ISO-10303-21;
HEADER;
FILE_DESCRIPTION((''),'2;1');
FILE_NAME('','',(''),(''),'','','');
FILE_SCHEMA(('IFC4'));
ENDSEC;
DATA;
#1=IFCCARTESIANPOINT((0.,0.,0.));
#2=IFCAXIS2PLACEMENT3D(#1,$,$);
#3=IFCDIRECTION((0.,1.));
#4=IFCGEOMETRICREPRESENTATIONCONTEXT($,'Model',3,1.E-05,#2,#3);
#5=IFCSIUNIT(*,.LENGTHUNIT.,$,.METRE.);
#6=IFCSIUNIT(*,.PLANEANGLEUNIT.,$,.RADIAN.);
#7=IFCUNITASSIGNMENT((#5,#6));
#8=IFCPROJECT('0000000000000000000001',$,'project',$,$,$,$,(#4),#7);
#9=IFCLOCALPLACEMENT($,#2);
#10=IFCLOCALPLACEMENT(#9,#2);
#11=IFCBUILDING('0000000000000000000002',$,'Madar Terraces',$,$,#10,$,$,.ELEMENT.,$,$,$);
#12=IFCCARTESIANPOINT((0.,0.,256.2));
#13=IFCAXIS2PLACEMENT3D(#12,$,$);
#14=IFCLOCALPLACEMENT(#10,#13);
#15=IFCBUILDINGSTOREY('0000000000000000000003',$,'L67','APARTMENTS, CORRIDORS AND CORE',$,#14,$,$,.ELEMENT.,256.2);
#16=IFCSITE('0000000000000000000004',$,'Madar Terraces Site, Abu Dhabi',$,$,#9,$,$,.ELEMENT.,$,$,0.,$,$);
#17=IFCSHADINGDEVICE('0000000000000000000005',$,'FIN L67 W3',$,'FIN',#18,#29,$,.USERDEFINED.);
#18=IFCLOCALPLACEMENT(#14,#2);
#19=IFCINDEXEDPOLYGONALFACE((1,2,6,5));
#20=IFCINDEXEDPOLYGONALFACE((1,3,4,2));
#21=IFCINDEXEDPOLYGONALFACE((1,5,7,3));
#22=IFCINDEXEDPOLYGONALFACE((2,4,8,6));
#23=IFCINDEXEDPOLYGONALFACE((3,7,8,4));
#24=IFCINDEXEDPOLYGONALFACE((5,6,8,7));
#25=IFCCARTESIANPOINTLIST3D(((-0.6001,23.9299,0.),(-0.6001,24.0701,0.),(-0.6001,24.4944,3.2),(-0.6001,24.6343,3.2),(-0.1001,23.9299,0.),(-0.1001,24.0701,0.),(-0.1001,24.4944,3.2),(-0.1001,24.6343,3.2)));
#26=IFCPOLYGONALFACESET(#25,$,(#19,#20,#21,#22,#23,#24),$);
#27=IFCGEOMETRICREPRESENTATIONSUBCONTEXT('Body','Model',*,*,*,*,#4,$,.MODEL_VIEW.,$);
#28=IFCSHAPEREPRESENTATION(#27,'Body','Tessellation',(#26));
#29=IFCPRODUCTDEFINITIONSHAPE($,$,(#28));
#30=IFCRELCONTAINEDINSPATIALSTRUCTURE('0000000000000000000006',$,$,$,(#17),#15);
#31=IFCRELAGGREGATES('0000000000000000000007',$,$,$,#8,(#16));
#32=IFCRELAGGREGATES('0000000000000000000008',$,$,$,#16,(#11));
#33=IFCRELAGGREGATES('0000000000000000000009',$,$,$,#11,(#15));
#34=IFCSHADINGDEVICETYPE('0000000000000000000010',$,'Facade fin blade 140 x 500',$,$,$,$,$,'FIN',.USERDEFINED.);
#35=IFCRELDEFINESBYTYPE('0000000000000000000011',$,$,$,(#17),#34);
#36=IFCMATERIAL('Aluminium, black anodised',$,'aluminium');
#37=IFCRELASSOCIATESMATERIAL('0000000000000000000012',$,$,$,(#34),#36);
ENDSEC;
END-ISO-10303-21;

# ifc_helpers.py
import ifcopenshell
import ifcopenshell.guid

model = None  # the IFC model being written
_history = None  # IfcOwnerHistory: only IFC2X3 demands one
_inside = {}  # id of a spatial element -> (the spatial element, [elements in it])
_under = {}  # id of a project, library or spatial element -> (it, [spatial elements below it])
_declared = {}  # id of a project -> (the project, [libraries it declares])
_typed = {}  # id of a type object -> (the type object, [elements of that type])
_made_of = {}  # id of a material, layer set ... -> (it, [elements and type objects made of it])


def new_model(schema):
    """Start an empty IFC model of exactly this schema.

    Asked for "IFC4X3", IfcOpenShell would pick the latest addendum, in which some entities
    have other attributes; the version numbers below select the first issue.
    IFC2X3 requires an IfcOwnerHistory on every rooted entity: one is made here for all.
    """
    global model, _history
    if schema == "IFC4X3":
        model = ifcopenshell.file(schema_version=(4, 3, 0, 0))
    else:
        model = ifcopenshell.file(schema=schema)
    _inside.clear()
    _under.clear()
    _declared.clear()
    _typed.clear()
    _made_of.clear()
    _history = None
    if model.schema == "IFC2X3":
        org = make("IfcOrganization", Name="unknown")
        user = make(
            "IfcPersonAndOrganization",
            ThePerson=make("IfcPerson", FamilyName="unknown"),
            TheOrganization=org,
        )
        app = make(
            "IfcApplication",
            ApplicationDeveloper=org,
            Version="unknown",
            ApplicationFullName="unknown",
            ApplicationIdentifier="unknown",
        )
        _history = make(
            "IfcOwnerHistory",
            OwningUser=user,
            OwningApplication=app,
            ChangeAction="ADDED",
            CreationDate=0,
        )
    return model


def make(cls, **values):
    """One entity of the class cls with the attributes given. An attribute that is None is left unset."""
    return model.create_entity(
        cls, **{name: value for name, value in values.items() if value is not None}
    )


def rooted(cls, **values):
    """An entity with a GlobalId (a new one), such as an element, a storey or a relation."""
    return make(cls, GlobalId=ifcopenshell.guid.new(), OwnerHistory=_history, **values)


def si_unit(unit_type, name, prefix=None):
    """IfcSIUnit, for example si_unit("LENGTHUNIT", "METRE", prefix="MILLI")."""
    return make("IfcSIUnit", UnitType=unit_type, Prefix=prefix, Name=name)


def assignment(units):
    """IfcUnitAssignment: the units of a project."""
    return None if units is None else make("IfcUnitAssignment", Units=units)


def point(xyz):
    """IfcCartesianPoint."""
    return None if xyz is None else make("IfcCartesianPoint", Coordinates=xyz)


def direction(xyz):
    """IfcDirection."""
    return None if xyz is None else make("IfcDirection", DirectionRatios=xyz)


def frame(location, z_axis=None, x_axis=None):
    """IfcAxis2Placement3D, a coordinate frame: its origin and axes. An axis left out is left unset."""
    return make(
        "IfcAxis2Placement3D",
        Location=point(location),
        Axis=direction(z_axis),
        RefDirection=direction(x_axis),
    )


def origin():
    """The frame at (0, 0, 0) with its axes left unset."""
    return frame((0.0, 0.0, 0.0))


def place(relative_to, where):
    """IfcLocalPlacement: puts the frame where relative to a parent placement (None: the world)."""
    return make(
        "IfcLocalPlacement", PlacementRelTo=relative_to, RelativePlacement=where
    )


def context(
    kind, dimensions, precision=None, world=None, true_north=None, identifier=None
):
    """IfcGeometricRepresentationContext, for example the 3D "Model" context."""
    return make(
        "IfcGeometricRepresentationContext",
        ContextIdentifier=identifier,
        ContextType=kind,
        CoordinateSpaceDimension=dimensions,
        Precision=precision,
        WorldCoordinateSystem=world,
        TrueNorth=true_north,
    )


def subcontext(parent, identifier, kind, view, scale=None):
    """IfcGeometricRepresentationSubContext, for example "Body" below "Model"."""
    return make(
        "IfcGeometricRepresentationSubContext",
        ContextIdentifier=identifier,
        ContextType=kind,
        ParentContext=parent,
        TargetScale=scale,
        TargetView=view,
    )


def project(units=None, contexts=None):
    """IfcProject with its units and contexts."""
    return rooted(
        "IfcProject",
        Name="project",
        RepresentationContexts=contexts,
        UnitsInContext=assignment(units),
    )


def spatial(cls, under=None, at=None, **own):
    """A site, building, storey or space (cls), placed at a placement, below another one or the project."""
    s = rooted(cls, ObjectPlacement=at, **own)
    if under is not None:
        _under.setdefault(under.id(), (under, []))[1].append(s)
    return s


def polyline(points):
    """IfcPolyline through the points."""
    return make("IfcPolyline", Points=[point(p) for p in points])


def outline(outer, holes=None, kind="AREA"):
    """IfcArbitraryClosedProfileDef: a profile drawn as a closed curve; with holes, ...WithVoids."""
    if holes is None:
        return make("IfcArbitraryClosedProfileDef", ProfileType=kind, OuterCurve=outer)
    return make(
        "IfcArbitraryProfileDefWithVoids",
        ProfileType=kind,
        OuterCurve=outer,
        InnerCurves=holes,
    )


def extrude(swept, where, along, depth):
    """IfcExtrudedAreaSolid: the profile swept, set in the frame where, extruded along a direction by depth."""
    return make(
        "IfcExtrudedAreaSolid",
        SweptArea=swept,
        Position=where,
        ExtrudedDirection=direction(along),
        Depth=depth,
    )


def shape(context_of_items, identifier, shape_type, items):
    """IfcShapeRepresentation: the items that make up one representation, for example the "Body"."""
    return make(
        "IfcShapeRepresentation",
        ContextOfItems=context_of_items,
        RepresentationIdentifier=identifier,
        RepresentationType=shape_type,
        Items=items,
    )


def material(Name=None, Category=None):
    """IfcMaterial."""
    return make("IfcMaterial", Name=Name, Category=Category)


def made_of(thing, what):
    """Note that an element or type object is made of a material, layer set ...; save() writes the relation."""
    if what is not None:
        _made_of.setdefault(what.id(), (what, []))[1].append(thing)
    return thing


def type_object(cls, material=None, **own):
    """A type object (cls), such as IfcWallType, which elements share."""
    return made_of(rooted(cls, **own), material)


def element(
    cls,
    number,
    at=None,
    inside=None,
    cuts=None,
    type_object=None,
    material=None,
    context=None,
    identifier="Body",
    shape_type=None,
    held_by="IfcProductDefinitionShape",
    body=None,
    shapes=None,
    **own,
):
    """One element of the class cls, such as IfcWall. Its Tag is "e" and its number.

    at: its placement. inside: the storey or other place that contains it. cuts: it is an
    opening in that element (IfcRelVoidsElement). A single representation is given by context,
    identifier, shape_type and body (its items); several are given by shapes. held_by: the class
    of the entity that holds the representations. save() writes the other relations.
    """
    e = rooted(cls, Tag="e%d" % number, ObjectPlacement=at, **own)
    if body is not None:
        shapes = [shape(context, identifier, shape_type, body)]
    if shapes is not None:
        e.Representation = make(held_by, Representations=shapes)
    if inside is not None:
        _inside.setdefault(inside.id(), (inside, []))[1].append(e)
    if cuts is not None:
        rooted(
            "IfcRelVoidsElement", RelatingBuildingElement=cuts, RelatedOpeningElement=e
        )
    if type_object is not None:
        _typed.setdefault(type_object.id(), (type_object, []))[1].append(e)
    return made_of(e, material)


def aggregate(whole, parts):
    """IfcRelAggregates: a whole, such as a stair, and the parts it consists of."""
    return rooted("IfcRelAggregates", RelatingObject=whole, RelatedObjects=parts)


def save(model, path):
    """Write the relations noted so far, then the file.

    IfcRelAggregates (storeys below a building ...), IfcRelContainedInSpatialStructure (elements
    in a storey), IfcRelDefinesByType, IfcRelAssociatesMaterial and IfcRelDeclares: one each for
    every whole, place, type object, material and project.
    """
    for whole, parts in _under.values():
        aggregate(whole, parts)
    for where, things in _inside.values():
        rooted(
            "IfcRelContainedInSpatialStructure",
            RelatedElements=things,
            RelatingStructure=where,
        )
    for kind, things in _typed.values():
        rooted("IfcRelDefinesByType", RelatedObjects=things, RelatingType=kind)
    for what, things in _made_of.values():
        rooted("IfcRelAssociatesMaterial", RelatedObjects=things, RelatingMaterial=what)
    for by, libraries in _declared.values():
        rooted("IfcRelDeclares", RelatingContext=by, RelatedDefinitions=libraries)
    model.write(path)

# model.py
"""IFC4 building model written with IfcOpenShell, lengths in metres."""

from ifc_helpers import new_model, si_unit, direction, frame, origin, place, context, subcontext, project, spatial, polyline, outline, extrude, material, type_object, element, save


model = new_model("IFC4")

# Units and contexts
model_context = context("Model", 3, precision=1e-05, world=origin(), true_north=direction((0.0, 1.0)))
body_context = subcontext(model_context, "Body", "Model", "MODEL_VIEW")
ifc_project = project(units=[si_unit("LENGTHUNIT", "METRE"), si_unit("PLANEANGLEUNIT", "RADIAN")], contexts=[model_context])

# Site, building, storey
site_placement = place(None, origin())
site = spatial("IfcSite", under=ifc_project, at=site_placement, Name="Madar Terraces Site, Abu Dhabi", CompositionType="ELEMENT", RefElevation=0.0)
building_placement = place(site_placement, origin())
building = spatial("IfcBuilding", under=site, at=building_placement, Name="Madar Terraces", CompositionType="ELEMENT")
storey_placement = place(building_placement, frame((0.0, 0.0, 256.2)))
storey = spatial("IfcBuildingStorey", under=building, at=storey_placement, Name="L67", Description="APARTMENTS, CORRIDORS AND CORE", CompositionType="ELEMENT", Elevation=256.2)

# Shading device
ifc_material_1 = material(Name="Aluminium, black anodised", Category="aluminium")
shading_device_type = type_object("IfcShadingDeviceType", Name="Facade fin blade 140 x 500", ElementType="FIN", PredefinedType="USERDEFINED", material=ifc_material_1)
shading_device_placement = place(storey_placement, frame((-0.3501, 24.0701, 0.0), z_axis=(0.0, 0.0, 1.0), x_axis=(0.0, -1.0, 0.0)))
element("IfcShadingDevice", 1, at=shading_device_placement, inside=storey, type_object=shading_device_type, Name="FIN L67 W3", ObjectType="FIN", PredefinedType="USERDEFINED", context=body_context, shape_type="SweptSolid", body=[
    extrude(outline(polyline([(0.0, 0.0), (0.1401, 0.0), (-0.4243, 3.2), (-0.5642, 3.2), (0.0, 0.0)])), frame((0.0, 0.25, 0.0), z_axis=(0.0, -1.0, 0.0), x_axis=(1.0, 0.0, 0.0)), (0.0, 0.0, 1.0), 0.5),
])

save(model, "model.ifc")
